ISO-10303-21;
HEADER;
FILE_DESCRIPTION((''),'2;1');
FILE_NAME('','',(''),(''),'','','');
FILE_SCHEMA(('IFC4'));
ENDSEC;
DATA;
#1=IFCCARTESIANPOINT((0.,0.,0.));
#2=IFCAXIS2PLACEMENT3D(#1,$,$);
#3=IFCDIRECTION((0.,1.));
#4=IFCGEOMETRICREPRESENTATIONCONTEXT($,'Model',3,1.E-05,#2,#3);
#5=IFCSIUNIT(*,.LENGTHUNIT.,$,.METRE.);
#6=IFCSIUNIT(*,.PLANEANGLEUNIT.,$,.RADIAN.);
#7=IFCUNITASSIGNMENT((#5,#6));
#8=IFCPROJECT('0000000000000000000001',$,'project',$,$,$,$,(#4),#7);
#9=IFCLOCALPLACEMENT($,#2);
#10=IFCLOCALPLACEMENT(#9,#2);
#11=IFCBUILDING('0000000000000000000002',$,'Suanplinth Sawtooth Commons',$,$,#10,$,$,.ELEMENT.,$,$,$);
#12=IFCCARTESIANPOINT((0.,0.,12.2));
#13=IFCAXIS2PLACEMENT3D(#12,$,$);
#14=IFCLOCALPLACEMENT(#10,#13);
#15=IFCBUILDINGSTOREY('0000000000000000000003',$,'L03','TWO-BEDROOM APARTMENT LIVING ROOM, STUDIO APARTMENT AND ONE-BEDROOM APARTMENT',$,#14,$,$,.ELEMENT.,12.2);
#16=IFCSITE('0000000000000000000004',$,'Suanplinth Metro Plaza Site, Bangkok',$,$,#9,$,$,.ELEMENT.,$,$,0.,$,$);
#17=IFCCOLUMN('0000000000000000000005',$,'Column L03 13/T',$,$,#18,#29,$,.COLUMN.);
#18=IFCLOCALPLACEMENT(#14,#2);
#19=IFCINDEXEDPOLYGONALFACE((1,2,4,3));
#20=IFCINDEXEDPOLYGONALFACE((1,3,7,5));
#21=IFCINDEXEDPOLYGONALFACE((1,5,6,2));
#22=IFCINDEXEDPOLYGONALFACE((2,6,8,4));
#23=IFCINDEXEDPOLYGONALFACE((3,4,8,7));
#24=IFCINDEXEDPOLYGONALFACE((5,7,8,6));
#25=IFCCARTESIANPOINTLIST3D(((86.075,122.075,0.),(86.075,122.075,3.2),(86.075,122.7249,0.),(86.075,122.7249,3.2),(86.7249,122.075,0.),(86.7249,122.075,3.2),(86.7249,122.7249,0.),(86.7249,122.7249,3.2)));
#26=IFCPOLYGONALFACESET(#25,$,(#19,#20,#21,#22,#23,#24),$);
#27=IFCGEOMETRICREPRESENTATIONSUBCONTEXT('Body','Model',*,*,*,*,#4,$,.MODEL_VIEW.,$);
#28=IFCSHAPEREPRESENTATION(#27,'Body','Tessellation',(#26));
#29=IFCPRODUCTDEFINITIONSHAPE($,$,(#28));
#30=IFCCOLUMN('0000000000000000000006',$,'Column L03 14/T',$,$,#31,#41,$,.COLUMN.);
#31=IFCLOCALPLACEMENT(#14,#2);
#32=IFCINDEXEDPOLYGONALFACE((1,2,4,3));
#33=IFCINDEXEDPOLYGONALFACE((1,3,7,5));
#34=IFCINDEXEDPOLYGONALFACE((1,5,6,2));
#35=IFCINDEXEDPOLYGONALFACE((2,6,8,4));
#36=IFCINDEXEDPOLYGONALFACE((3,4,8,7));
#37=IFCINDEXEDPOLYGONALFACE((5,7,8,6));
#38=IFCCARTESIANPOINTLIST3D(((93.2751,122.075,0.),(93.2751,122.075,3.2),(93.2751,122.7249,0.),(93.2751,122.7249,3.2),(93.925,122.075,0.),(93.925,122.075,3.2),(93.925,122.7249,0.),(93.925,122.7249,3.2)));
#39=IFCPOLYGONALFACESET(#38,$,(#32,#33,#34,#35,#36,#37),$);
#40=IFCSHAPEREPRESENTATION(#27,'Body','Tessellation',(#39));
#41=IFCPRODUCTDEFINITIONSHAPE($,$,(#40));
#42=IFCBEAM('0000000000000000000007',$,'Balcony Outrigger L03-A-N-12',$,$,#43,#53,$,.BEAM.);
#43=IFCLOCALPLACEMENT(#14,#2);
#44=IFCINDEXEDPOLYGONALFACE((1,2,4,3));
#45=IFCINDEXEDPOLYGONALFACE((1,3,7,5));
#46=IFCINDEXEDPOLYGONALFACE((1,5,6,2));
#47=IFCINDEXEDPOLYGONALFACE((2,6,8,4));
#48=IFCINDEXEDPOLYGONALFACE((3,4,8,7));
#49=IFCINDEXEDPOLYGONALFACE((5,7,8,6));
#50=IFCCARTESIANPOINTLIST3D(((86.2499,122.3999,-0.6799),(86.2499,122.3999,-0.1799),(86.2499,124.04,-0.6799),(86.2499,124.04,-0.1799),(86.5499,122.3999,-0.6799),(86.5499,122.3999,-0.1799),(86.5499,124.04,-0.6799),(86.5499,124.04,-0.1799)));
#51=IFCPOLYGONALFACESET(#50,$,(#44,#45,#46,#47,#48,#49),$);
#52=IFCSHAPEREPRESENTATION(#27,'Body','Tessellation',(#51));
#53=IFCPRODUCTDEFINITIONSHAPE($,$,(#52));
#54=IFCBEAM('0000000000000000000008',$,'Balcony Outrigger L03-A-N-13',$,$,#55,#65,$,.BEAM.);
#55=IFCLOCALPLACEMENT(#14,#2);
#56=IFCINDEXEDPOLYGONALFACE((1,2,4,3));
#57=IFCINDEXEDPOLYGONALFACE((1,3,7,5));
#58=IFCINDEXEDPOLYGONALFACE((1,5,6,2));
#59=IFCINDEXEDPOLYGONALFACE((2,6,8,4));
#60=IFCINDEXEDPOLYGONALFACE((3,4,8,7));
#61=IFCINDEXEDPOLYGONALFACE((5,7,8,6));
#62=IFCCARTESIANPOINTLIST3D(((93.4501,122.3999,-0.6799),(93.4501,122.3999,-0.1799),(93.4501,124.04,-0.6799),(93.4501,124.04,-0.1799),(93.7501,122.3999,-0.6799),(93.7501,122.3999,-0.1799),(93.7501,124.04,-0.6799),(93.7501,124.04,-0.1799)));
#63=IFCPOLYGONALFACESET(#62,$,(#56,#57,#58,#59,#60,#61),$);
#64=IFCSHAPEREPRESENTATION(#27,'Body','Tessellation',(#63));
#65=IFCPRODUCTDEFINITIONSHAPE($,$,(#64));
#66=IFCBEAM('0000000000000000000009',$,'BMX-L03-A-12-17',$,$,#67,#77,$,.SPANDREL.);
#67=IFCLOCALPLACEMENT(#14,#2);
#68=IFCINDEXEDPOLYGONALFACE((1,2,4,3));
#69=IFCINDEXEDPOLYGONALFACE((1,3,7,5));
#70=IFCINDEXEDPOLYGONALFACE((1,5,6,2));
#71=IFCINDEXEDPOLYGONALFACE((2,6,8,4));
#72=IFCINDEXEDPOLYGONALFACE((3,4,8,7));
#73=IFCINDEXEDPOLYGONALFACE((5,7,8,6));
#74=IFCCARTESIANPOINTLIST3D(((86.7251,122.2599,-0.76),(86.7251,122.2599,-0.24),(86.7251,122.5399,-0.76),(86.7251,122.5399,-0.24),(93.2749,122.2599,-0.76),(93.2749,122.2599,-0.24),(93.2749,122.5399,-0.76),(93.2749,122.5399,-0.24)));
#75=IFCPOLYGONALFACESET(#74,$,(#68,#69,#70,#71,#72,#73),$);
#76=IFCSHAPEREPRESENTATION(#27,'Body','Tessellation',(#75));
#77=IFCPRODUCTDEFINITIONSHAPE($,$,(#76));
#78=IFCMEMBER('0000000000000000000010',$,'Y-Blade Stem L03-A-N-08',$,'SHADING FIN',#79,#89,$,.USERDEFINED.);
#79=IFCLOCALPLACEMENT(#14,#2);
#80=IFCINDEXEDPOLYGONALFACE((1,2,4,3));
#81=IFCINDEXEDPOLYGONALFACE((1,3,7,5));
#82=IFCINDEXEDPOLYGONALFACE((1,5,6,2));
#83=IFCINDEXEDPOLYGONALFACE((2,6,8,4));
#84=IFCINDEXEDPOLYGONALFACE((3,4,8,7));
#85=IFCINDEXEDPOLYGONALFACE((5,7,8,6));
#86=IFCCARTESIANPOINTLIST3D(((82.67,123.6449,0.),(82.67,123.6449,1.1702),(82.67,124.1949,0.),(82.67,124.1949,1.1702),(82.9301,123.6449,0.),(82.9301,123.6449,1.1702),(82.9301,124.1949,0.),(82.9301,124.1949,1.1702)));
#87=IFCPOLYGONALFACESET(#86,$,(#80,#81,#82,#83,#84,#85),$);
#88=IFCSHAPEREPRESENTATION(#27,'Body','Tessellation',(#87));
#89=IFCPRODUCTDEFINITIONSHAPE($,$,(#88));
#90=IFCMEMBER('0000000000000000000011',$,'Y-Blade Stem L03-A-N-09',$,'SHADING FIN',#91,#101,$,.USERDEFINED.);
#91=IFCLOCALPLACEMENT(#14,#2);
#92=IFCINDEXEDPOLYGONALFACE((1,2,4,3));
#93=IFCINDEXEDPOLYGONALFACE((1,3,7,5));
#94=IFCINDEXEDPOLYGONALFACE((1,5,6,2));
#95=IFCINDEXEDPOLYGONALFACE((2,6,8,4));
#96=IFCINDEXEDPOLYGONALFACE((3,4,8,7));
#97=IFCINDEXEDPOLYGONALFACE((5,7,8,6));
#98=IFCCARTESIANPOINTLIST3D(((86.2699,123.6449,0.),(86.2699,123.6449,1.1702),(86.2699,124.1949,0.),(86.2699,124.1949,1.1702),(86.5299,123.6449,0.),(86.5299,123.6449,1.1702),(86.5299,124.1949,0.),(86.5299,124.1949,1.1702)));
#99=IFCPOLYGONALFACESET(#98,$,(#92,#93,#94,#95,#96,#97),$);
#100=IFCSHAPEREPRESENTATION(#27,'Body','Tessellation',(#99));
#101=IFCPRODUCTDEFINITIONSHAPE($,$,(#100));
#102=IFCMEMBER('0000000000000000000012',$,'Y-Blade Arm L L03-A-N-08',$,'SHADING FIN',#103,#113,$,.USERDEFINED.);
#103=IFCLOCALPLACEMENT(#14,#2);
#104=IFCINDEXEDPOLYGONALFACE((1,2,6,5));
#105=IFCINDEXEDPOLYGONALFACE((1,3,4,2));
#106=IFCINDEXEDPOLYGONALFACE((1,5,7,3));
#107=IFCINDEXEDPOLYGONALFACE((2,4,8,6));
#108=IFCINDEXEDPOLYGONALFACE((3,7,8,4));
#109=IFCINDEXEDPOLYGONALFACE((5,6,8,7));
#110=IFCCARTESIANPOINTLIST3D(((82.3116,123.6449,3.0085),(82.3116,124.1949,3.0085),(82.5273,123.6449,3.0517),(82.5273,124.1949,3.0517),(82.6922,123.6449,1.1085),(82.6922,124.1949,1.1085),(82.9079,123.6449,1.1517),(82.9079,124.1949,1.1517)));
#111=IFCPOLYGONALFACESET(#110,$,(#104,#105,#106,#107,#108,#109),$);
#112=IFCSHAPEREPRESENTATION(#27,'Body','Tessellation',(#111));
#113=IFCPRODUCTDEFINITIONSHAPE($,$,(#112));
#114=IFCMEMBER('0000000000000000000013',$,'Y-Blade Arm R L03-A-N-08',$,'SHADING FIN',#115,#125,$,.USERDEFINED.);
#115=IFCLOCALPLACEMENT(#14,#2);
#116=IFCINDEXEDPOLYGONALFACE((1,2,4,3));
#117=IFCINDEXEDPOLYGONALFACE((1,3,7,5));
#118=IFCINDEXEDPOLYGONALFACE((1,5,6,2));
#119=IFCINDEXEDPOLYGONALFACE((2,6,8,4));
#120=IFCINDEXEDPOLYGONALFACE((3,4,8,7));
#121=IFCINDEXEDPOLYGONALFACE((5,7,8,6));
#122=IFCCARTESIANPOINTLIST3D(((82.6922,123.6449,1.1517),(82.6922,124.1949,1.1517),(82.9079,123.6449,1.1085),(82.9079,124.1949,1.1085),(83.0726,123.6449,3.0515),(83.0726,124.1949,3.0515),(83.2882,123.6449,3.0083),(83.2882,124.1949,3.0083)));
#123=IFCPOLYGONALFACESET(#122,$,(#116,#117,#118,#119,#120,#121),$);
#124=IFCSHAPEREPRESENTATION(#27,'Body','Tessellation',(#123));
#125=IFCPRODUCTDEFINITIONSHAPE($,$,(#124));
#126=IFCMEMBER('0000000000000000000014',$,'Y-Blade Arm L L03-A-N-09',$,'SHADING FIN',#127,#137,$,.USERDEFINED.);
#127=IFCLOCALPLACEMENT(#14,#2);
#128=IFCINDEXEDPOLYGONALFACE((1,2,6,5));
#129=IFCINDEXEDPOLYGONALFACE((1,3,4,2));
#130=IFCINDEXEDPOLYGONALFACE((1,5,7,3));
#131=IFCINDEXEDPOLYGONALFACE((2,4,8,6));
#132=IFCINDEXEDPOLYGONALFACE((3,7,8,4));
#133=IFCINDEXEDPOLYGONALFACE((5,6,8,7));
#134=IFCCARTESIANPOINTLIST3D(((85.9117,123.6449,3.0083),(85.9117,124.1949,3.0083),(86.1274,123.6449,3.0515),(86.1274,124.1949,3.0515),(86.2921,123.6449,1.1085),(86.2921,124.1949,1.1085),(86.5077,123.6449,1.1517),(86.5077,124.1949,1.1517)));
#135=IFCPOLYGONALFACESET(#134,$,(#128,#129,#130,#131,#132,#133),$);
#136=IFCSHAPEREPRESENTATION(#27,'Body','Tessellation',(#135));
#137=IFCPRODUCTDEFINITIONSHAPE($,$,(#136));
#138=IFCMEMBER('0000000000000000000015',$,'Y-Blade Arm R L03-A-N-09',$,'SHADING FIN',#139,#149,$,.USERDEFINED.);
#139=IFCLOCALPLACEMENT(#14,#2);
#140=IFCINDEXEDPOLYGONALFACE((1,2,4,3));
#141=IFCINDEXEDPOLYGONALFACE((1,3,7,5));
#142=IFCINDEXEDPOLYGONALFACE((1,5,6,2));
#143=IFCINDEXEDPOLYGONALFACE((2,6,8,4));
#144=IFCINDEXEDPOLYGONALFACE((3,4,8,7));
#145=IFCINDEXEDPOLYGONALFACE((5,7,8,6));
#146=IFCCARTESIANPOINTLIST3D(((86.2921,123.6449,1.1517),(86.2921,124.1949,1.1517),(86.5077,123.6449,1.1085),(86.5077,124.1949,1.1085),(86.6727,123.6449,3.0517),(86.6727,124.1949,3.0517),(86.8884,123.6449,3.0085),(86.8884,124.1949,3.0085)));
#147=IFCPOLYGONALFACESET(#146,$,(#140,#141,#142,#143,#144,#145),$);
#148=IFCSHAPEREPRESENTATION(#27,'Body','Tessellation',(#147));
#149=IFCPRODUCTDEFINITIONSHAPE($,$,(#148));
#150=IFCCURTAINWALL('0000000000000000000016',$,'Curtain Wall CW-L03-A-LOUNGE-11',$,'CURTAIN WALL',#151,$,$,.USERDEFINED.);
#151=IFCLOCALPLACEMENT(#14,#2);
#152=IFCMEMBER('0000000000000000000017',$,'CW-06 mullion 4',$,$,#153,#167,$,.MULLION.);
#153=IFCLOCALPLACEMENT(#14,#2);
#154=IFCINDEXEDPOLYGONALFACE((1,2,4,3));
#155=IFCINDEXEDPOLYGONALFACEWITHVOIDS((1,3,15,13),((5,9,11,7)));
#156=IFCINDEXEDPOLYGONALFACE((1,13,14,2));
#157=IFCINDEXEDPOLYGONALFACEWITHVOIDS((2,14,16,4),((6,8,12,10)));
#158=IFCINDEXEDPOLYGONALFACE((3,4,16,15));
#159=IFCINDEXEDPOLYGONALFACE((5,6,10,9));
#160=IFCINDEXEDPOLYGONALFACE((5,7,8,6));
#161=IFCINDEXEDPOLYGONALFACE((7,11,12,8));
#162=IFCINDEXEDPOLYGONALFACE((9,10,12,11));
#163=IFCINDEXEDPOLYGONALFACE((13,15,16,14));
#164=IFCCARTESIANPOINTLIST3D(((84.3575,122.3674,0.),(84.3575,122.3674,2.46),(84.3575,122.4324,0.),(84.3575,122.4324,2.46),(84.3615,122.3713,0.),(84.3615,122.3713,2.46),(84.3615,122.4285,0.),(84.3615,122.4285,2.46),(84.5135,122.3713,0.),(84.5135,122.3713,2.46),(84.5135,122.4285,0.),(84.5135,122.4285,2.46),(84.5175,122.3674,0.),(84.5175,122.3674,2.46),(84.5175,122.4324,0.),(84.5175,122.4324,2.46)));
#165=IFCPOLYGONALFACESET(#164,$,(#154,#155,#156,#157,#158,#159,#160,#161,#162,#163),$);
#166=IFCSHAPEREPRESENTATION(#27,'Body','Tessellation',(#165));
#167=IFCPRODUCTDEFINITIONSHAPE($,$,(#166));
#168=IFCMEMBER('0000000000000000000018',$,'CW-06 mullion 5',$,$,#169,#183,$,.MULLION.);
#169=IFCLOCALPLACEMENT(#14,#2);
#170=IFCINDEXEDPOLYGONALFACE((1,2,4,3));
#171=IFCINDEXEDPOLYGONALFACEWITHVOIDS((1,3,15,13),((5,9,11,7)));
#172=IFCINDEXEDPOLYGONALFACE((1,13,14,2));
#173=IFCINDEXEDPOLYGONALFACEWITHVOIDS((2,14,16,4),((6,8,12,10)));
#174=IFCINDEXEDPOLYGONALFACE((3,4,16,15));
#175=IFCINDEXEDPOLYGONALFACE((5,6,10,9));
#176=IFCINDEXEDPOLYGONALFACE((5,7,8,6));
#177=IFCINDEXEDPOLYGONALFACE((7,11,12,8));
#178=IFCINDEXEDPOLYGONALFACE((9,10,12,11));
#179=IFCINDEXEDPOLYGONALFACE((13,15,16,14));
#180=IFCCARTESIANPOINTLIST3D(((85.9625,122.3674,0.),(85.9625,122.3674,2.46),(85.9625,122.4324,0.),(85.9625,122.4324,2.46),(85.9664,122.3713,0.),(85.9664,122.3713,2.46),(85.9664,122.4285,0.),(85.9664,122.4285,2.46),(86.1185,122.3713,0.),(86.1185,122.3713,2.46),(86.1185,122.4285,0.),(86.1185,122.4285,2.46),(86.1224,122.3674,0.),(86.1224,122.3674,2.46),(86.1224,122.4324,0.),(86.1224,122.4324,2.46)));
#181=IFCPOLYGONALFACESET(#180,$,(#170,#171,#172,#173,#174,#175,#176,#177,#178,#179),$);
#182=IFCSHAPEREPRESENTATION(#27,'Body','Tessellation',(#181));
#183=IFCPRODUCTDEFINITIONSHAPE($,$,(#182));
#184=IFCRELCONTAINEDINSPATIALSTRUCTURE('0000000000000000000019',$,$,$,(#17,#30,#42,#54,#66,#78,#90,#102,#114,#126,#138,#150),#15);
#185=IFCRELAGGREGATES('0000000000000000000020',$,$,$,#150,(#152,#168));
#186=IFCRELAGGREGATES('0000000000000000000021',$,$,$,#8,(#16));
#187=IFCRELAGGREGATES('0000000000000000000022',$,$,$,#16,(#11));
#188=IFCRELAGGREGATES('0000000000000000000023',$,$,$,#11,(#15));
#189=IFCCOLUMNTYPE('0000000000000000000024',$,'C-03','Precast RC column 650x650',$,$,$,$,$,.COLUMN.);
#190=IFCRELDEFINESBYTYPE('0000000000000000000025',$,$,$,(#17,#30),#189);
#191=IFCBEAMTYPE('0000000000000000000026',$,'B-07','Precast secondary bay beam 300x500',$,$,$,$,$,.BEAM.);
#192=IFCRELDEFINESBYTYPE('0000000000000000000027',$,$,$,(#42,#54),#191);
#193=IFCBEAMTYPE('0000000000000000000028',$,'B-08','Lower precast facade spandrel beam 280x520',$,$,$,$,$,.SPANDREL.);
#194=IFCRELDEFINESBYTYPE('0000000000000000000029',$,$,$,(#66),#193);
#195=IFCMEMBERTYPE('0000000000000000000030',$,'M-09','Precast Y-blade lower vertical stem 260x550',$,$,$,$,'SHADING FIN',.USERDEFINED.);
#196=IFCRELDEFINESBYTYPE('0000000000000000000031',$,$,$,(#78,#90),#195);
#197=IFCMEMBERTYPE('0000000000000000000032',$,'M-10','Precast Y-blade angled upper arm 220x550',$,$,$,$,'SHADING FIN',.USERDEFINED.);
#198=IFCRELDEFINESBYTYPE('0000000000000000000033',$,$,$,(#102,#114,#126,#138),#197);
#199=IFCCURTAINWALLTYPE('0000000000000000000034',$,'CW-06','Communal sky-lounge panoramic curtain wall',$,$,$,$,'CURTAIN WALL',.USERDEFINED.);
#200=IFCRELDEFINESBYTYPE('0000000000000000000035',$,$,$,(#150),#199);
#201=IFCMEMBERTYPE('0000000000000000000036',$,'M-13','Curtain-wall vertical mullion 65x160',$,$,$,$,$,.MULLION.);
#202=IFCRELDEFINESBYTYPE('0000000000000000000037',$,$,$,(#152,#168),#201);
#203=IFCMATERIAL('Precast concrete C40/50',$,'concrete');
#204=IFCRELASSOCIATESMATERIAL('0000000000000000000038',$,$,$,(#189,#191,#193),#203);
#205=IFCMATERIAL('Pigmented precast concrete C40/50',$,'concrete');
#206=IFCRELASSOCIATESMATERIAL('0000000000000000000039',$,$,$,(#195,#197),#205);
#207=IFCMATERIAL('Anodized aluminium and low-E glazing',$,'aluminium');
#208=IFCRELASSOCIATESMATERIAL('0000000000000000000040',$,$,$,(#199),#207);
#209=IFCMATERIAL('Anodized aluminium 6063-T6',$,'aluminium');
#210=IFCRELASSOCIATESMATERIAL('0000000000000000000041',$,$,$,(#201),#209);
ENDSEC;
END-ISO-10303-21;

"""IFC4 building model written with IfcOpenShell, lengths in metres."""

from ifc_helpers import new_model, si_unit, direction, frame, origin, origin_2d, place, context, subcontext, project, spatial, rectangle, hollow_rectangle, extrude, material, material_profile, profile_set, type_object, element, aggregate, save


model = new_model("IFC4")

# Units and contexts
model_context = context("Model", 3, precision=1e-05, world=origin(), true_north=direction((0.0, 1.0)))
body_context = subcontext(model_context, "Body", "Model", "MODEL_VIEW")
ifc_project = project(units=[si_unit("LENGTHUNIT", "METRE"), si_unit("PLANEANGLEUNIT", "RADIAN")], contexts=[model_context])

# Site, building, storey
site_placement = place(None, origin())
site = spatial("IfcSite", under=ifc_project, at=site_placement, Name="Suanplinth Metro Plaza Site, Bangkok", CompositionType="ELEMENT", RefElevation=0.0)
building_placement = place(site_placement, origin())
building = spatial("IfcBuilding", under=site, at=building_placement, Name="Suanplinth Sawtooth Commons", CompositionType="ELEMENT")
storey_placement = place(building_placement, frame((0.0, 0.0, 12.2)))
storey = spatial("IfcBuildingStorey", under=building, at=storey_placement, Name="L03", Description="TWO-BEDROOM APARTMENT LIVING ROOM, STUDIO APARTMENT AND ONE-BEDROOM APARTMENT", CompositionType="ELEMENT", Elevation=12.2)

# Columns
ifc_material_1 = material(Name="Precast concrete C40/50", Category="concrete")
ifc_material_profile_1 = material_profile(ifc_material_1, rectangle(XDim=0.6499, YDim=0.6499, at=origin_2d()), Name="PC-COL 650x650")
ifc_profile_set_1 = profile_set([ifc_material_profile_1], Name="Precast concrete C40/50")
column_type = type_object("IfcColumnType", Name="C-03", Description="Precast RC column 650x650", PredefinedType="COLUMN", material=ifc_profile_set_1)
for number, where, z_axis, x_axis, name in (
    (1, (86.3999, 122.3999, 0.0), (0.0, 0.0, 1.0), (1.0, 0.0, 0.0), "Column L03 13/T"),
    (2, (93.6001, 122.3999, 0.0), (0.0, 0.0, 1.0), (1.0, 0.0, 0.0), "Column L03 14/T"),
):
    element("IfcColumn", number, at=place(storey_placement, frame(where, z_axis=z_axis, x_axis=x_axis)), inside=storey, type_object=column_type, Name=name, PredefinedType="COLUMN", context=body_context, shape_type="SweptSolid", body=[
        extrude(rectangle(XDim=0.6499, YDim=0.6499, at=origin_2d()), origin(), (0.0, 0.0, 1.0), 3.2),
    ])

# Beams
ifc_material_profile_2 = material_profile(ifc_material_1, rectangle(XDim=0.3, YDim=0.5, at=origin_2d()), Name="PC-BM 300x500")
ifc_profile_set_2 = profile_set([ifc_material_profile_2], Name="Precast concrete C40/50")
beam_type_1 = type_object("IfcBeamType", Name="B-07", Description="Precast secondary bay beam 300x500", PredefinedType="BEAM", material=ifc_profile_set_2)
for number, where, z_axis, x_axis, name in (
    (3, (86.3999, 122.3999, -0.4299), (0.0, 1.0, 0.0), (-1.0, 0.0, 0.0), "Balcony Outrigger L03-A-N-12"),
    (4, (93.6001, 122.3999, -0.4299), (0.0, 1.0, 0.0), (-1.0, 0.0, 0.0), "Balcony Outrigger L03-A-N-13"),
):
    element("IfcBeam", number, at=place(storey_placement, frame(where, z_axis=z_axis, x_axis=x_axis)), inside=storey, type_object=beam_type_1, Name=name, PredefinedType="BEAM", context=body_context, shape_type="SweptSolid", body=[
        extrude(rectangle(XDim=0.3, YDim=0.5, at=origin_2d()), origin(), (0.0, 0.0, 1.0), 1.6401),
    ])
ifc_material_profile_3 = material_profile(ifc_material_1, rectangle(XDim=0.28, YDim=0.52, at=origin_2d()), Name="PC-SP 280x520")
ifc_profile_set_3 = profile_set([ifc_material_profile_3], Name="Precast concrete C40/50")
beam_type_2 = type_object("IfcBeamType", Name="B-08", Description="Lower precast facade spandrel beam 280x520", PredefinedType="SPANDREL", material=ifc_profile_set_3)
beam_placement = place(storey_placement, frame((86.7251, 122.3999, -0.5), z_axis=(1.0, 0.0, 0.0), x_axis=(0.0, 1.0, 0.0)))
element("IfcBeam", 5, at=beam_placement, inside=storey, type_object=beam_type_2, Name="BMX-L03-A-12-17", PredefinedType="SPANDREL", context=body_context, shape_type="SweptSolid", body=[
    extrude(rectangle(XDim=0.28, YDim=0.52, at=origin_2d()), origin(), (0.0, 0.0, 1.0), 6.5498),
])

# Members
ifc_material_2 = material(Name="Pigmented precast concrete C40/50", Category="concrete")
ifc_material_profile_4 = material_profile(ifc_material_2, rectangle(XDim=0.26, YDim=0.55, at=origin_2d()), Name="PC-FIN 260x550")
ifc_profile_set_4 = profile_set([ifc_material_profile_4], Name="Pigmented precast concrete C40/50")
member_type_1 = type_object("IfcMemberType", Name="M-09", Description="Precast Y-blade lower vertical stem 260x550", ElementType="SHADING FIN", PredefinedType="USERDEFINED", material=ifc_profile_set_4)
for number, where, z_axis, x_axis, name in (
    (6, (82.8, 123.9199, 0.0), (0.0, 0.0, 1.0), (1.0, 0.0, 0.0), "Y-Blade Stem L03-A-N-08"),
    (7, (86.3999, 123.9199, 0.0), (0.0, 0.0, 1.0), (1.0, 0.0, 0.0), "Y-Blade Stem L03-A-N-09"),
):
    element("IfcMember", number, at=place(storey_placement, frame(where, z_axis=z_axis, x_axis=x_axis)), inside=storey, type_object=member_type_1, Name=name, ObjectType="SHADING FIN", PredefinedType="USERDEFINED", context=body_context, shape_type="SweptSolid", body=[
        extrude(rectangle(XDim=0.26, YDim=0.55, at=origin_2d()), origin(), (0.0, 0.0, 1.0), 1.1702),
    ])
ifc_material_profile_5 = material_profile(ifc_material_2, rectangle(XDim=0.22, YDim=0.55, at=origin_2d()), Name="PC-FIN 220x550")
ifc_profile_set_5 = profile_set([ifc_material_profile_5], Name="Pigmented precast concrete C40/50")
member_type_2 = type_object("IfcMemberType", Name="M-10", Description="Precast Y-blade angled upper arm 220x550", ElementType="SHADING FIN", PredefinedType="USERDEFINED", material=ifc_profile_set_5)
member_1_placement = place(storey_placement, frame((82.8, 123.9199, 1.1301), z_axis=(-0.196431, 0.0, 0.980518), x_axis=(0.980518, 0.0, 0.196431)))
element("IfcMember", 8, at=member_1_placement, inside=storey, type_object=member_type_2, Name="Y-Blade Arm L L03-A-N-08", ObjectType="SHADING FIN", PredefinedType="USERDEFINED", context=body_context, shape_type="SweptSolid", body=[
    extrude(rectangle(XDim=0.22, YDim=0.55, at=origin_2d()), origin(), (0.0, 0.0, 1.0), 1.9377),
])
for number, where, z_axis, x_axis, name in (
    (9, (82.8, 123.9199, 1.1301), (0.19631, 0.0, 0.980542), (-0.980542, 0.0, 0.19631), "Y-Blade Arm R L03-A-N-08"),
    (10, (86.3999, 123.9199, 1.1301), (-0.19631, 0.0, 0.980542), (0.980542, 0.0, 0.19631), "Y-Blade Arm L L03-A-N-09"),
):
    element("IfcMember", number, at=place(storey_placement, frame(where, z_axis=z_axis, x_axis=x_axis)), inside=storey, type_object=member_type_2, Name=name, ObjectType="SHADING FIN", PredefinedType="USERDEFINED", context=body_context, shape_type="SweptSolid", body=[
        extrude(rectangle(XDim=0.22, YDim=0.55, at=origin_2d()), origin(), (0.0, 0.0, 1.0), 1.9375),
    ])
member_2_placement = place(storey_placement, frame((86.3999, 123.9199, 1.1301), z_axis=(0.196431, 0.0, 0.980518), x_axis=(-0.980518, 0.0, 0.196431)))
element("IfcMember", 11, at=member_2_placement, inside=storey, type_object=member_type_2, Name="Y-Blade Arm R L03-A-N-09", ObjectType="SHADING FIN", PredefinedType="USERDEFINED", context=body_context, shape_type="SweptSolid", body=[
    extrude(rectangle(XDim=0.22, YDim=0.55, at=origin_2d()), origin(), (0.0, 0.0, 1.0), 1.9377),
])

# Curtain wall, members
ifc_material_3 = material(Name="Anodized aluminium and low-E glazing", Category="aluminium")
curtain_wall_type = type_object("IfcCurtainWallType", Name="CW-06", Description="Communal sky-lounge panoramic curtain wall", ElementType="CURTAIN WALL", PredefinedType="USERDEFINED", material=ifc_material_3)
curtain_wall_placement = place(storey_placement, origin())
curtain_wall = element("IfcCurtainWall", 12, at=curtain_wall_placement, inside=storey, type_object=curtain_wall_type, Name="Curtain Wall CW-L03-A-LOUNGE-11", ObjectType="CURTAIN WALL", PredefinedType="USERDEFINED")
ifc_material_4 = material(Name="Anodized aluminium 6063-T6", Category="aluminium")
ifc_material_profile_6 = material_profile(ifc_material_4, hollow_rectangle(XDim=0.0649, YDim=0.1599, WallThickness=0.0039, at=origin_2d()), Name="ALU-MUL 65x160")
ifc_profile_set_6 = profile_set([ifc_material_profile_6], Name="Anodized aluminium 6063-T6")
member_type_3 = type_object("IfcMemberType", Name="M-13", Description="Curtain-wall vertical mullion 65x160", PredefinedType="MULLION", material=ifc_profile_set_6)
member_3_placement = place(storey_placement, frame((84.4375, 122.3999, 0.0), z_axis=(0.0, 0.0, 1.0), x_axis=(0.0, 1.0, 0.0)))
member_3 = element("IfcMember", 13, at=member_3_placement, type_object=member_type_3, Name="CW-06 mullion 4", PredefinedType="MULLION", context=body_context, shape_type="SweptSolid", body=[
    extrude(hollow_rectangle(XDim=0.0649, YDim=0.1599, WallThickness=0.0039, at=origin_2d()), origin(), (0.0, 0.0, 1.0), 2.46),
])
member_4_placement = place(storey_placement, frame((86.0425, 122.3999, 0.0), z_axis=(0.0, 0.0, 1.0), x_axis=(0.0, 1.0, 0.0)))
member_4 = element("IfcMember", 14, at=member_4_placement, type_object=member_type_3, Name="CW-06 mullion 5", PredefinedType="MULLION", context=body_context, shape_type="SweptSolid", body=[
    extrude(hollow_rectangle(XDim=0.0649, YDim=0.1599, WallThickness=0.0039, at=origin_2d()), origin(), (0.0, 0.0, 1.0), 2.46),
])

aggregate(curtain_wall, [member_3, member_4])

save(model, "model.ifc")
